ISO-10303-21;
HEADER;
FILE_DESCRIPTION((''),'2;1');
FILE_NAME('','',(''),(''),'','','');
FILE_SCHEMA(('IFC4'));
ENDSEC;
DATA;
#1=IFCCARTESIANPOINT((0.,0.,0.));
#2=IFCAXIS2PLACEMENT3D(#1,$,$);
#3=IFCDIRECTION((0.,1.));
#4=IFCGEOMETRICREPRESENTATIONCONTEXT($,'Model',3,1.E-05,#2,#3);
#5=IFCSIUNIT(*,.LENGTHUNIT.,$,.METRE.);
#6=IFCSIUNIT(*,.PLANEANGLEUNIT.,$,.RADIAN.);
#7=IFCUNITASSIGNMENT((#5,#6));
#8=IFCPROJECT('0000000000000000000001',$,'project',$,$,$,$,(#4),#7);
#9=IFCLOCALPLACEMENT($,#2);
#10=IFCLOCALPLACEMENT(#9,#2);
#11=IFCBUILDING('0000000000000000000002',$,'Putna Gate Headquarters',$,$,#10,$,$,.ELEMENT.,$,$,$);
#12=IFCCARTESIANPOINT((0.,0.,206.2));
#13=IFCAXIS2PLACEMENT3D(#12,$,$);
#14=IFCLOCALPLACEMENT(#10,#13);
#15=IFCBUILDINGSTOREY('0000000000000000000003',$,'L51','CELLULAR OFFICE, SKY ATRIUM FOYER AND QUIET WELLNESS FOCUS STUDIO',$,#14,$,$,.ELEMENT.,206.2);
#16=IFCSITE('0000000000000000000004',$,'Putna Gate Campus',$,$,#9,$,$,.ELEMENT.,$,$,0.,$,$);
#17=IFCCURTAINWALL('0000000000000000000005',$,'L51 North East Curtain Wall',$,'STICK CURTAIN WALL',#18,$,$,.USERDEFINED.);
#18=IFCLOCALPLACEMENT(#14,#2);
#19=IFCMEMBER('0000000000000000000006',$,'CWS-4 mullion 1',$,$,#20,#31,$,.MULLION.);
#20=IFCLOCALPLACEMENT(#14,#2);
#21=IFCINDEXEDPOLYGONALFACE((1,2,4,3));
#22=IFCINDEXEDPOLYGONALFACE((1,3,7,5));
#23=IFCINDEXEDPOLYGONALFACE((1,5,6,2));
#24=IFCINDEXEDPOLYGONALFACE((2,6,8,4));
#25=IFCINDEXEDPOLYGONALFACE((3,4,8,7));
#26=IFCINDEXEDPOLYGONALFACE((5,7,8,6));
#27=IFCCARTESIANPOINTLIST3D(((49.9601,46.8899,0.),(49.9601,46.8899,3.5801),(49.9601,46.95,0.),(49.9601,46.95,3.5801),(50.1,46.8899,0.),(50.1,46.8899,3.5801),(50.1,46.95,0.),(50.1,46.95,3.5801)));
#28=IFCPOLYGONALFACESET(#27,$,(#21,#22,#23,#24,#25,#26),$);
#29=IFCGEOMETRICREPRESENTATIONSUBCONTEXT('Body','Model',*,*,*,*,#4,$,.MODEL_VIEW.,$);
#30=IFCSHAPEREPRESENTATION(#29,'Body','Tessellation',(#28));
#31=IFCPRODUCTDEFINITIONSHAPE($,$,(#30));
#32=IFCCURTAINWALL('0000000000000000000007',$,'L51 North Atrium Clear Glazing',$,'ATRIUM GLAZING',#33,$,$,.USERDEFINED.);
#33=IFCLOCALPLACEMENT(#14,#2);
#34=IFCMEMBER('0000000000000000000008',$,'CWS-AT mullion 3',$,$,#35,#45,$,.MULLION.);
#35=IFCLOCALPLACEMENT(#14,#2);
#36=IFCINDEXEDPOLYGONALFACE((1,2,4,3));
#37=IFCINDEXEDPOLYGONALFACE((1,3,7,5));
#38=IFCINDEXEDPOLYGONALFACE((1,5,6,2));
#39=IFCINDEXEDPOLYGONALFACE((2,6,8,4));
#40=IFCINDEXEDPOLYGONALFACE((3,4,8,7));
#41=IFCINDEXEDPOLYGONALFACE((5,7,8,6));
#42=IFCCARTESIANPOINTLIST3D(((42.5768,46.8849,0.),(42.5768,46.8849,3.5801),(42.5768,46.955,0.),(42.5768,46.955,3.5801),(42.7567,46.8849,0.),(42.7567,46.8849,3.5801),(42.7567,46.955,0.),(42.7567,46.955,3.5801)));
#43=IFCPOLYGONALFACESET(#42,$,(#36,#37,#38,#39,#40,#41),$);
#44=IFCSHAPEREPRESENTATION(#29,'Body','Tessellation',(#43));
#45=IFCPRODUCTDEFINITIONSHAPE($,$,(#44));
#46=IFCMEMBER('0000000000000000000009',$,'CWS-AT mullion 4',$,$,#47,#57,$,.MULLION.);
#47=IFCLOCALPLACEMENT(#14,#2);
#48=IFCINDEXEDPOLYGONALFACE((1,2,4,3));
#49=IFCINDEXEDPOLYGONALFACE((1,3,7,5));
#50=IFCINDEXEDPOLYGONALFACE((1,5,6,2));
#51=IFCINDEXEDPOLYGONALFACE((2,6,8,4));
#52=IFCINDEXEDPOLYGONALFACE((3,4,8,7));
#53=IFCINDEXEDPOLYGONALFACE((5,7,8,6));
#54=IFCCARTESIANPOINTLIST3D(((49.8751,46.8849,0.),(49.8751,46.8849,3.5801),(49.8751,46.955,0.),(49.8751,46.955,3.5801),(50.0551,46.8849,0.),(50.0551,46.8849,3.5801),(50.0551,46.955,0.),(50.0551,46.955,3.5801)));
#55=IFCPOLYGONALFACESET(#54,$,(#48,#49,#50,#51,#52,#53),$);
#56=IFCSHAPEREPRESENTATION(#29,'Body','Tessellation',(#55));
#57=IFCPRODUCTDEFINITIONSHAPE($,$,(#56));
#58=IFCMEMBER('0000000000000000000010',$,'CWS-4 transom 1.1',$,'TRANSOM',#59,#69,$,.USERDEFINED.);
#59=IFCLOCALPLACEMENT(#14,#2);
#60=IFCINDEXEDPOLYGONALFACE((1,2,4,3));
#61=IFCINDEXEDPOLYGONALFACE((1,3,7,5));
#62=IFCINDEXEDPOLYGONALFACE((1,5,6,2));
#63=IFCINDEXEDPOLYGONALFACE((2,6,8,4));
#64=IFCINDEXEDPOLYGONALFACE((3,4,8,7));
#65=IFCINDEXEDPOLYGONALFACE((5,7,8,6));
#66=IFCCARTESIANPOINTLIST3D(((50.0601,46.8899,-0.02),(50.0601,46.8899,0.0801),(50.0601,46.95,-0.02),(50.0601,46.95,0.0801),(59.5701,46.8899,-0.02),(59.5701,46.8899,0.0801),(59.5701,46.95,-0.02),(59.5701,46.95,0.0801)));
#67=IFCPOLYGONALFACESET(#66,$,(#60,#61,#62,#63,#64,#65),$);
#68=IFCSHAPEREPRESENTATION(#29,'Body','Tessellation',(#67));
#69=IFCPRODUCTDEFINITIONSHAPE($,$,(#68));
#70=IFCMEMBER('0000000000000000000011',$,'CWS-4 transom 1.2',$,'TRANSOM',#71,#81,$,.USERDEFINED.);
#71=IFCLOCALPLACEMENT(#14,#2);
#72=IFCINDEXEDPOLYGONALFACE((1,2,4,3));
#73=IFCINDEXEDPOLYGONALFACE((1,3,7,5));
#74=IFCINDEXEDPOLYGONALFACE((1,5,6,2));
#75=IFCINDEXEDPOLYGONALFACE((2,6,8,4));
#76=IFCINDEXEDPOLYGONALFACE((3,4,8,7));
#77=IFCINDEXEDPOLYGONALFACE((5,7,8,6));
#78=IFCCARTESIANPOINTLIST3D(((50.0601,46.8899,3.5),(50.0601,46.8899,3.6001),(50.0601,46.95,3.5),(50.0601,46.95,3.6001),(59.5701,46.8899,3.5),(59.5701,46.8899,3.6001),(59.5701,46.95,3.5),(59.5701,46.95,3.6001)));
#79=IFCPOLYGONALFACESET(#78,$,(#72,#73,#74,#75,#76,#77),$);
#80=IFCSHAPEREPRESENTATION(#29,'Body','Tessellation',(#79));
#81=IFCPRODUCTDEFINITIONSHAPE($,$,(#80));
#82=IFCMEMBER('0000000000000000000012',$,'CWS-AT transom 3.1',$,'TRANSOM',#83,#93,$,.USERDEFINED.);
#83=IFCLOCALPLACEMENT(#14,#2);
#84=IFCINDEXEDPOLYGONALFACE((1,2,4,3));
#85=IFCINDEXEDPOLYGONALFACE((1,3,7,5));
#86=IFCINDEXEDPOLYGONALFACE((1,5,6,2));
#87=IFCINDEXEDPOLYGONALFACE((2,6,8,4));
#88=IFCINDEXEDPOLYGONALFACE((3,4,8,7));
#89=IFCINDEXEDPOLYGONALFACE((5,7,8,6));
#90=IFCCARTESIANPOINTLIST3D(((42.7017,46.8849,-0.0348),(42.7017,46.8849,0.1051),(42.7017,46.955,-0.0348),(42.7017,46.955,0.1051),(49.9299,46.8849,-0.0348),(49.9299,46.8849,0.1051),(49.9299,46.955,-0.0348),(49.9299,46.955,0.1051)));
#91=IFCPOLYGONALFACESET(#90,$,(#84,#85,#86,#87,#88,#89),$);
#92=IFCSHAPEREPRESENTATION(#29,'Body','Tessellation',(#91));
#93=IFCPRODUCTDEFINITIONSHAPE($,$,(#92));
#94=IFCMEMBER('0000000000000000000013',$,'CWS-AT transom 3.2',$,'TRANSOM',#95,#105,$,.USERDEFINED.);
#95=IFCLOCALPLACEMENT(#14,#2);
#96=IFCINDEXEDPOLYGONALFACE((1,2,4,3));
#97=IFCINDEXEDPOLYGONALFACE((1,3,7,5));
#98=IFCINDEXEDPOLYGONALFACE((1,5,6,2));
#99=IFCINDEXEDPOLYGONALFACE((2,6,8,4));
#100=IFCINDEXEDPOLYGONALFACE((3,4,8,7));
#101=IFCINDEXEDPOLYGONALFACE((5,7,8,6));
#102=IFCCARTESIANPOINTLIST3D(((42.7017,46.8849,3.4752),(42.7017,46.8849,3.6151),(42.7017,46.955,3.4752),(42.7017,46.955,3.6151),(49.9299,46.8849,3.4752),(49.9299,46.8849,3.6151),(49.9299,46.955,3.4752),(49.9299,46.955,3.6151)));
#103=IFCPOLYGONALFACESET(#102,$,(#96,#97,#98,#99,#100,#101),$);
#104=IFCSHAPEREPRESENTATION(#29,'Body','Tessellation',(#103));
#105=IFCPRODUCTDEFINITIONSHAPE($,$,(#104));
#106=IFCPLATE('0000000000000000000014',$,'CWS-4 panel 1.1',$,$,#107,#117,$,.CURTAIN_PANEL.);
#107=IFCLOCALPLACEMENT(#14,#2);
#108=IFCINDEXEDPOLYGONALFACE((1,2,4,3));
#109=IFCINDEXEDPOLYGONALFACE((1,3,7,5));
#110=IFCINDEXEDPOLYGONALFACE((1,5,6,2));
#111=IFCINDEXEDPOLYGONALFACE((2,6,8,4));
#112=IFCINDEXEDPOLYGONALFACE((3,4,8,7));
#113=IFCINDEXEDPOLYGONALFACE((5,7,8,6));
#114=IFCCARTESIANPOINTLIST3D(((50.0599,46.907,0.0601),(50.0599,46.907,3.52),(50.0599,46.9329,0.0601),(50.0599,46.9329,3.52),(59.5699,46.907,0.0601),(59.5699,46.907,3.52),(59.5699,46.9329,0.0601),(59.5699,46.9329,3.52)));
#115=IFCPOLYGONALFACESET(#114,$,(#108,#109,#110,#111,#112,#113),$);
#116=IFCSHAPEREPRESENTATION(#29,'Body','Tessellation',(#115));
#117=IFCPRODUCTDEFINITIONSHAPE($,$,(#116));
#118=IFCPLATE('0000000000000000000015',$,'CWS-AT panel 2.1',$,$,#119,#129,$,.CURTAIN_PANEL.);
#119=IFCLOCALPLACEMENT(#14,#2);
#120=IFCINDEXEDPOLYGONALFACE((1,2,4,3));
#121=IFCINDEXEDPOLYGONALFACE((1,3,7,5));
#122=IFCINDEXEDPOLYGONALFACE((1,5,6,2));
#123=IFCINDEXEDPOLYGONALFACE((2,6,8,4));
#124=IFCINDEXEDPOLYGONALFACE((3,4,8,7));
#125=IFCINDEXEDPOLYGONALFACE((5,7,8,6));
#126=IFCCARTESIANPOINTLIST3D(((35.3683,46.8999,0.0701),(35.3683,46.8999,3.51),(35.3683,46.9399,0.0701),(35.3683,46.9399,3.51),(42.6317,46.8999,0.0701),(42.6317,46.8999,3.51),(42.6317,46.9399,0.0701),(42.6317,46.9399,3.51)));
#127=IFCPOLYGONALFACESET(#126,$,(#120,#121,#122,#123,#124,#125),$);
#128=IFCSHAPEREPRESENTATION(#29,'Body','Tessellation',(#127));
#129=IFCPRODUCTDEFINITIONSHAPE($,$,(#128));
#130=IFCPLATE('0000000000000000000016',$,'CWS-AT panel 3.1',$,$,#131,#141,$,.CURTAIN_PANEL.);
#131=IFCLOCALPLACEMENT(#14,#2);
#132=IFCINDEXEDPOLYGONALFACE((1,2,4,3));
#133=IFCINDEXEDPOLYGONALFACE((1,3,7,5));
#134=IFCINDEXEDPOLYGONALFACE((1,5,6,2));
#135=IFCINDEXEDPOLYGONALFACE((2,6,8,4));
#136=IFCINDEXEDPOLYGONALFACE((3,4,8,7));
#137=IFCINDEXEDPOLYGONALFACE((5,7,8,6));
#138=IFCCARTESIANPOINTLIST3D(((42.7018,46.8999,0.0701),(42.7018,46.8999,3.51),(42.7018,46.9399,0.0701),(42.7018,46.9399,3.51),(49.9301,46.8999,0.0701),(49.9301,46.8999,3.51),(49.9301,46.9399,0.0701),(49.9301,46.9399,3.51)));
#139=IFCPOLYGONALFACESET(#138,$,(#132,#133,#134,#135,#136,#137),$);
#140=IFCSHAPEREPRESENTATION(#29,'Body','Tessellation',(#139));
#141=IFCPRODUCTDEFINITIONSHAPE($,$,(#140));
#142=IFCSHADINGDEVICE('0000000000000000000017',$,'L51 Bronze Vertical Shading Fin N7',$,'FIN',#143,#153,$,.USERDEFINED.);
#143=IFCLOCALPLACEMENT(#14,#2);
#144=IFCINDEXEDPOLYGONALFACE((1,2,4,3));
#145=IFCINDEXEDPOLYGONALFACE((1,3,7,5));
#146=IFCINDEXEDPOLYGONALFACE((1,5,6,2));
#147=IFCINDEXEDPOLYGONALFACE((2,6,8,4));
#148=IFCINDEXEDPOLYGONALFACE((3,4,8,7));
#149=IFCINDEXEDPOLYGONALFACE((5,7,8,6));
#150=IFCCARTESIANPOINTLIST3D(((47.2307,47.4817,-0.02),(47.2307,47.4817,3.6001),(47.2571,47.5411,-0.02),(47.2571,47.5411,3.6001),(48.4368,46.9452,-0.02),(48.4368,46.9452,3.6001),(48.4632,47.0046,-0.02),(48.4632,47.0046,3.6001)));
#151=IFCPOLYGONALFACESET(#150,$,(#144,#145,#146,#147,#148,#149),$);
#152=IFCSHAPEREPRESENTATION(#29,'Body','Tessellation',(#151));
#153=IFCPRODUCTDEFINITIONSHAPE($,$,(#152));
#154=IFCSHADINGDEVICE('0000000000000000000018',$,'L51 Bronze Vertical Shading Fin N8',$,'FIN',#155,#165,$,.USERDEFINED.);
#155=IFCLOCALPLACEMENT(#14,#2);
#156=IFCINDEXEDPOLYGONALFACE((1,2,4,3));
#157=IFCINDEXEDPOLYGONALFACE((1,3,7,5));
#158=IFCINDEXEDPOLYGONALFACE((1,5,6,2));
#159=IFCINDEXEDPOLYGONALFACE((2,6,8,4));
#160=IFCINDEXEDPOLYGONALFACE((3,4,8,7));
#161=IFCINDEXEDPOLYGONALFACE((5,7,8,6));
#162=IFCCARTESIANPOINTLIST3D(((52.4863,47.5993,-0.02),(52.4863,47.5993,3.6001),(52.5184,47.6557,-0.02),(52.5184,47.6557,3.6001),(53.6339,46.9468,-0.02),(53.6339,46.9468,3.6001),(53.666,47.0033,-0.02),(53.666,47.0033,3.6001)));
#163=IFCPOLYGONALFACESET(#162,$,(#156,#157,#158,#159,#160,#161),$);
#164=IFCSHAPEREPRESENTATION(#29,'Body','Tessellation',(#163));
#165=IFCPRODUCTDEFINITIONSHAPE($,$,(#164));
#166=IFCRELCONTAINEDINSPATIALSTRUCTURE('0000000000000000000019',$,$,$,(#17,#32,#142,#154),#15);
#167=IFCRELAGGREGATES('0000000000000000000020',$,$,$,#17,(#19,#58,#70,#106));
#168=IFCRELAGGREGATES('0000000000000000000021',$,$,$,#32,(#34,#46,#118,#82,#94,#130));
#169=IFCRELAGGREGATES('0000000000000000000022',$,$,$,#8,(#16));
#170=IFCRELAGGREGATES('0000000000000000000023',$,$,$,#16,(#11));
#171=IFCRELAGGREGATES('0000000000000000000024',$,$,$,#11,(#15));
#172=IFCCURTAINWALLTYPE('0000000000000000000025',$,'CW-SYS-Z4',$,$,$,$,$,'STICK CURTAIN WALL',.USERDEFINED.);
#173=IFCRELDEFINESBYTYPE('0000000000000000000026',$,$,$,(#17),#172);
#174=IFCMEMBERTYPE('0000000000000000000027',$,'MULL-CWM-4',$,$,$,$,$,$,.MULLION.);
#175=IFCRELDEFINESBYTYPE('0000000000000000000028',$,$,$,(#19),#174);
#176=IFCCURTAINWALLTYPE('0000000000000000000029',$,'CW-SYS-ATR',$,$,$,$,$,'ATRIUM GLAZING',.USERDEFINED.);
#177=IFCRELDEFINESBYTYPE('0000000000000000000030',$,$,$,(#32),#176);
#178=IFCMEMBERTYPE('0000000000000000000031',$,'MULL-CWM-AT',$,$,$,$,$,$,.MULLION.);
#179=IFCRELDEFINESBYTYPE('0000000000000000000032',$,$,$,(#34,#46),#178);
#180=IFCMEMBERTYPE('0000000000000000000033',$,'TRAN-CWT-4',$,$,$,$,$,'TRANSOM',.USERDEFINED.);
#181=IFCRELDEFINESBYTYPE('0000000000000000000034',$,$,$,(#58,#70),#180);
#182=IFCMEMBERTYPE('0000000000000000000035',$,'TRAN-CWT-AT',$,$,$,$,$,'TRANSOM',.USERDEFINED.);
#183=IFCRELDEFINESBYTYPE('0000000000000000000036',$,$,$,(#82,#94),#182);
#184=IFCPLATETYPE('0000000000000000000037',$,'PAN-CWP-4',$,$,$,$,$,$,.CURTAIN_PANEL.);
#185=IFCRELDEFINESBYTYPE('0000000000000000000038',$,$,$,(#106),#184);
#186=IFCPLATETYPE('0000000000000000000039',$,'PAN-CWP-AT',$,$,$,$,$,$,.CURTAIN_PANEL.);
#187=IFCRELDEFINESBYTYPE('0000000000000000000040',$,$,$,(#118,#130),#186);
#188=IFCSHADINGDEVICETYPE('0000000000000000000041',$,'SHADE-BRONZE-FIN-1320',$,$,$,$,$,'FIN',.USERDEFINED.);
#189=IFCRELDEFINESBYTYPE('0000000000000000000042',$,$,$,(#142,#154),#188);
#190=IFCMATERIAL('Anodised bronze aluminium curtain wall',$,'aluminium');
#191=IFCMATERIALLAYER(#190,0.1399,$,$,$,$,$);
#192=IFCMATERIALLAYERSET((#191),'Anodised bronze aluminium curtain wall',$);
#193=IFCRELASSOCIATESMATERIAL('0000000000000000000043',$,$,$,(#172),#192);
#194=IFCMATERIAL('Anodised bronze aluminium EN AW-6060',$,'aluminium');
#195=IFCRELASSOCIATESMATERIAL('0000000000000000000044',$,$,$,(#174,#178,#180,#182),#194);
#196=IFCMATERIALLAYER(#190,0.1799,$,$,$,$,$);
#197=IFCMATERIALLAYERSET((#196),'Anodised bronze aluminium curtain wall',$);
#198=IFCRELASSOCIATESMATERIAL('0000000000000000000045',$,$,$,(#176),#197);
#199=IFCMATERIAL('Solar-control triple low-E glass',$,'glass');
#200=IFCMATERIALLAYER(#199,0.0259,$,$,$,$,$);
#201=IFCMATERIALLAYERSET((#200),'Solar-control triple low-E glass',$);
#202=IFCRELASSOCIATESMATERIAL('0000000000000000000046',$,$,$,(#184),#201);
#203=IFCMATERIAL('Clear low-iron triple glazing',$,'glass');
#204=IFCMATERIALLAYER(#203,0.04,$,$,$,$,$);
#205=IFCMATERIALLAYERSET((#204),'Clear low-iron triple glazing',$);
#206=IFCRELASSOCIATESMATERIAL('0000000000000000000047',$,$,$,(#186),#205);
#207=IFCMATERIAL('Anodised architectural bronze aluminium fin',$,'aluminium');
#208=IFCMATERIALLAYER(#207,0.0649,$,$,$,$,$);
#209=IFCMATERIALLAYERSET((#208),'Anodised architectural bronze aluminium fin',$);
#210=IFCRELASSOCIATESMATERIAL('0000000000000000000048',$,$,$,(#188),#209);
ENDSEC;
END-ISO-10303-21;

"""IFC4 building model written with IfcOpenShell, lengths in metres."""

from ifc_helpers import new_model, si_unit, direction, frame, origin, origin_2d, place, context, subcontext, project, spatial, rectangle, extrude, material, layer, layer_set, material_profile, profile_set, type_object, element, aggregate, save


model = new_model("IFC4")

# Units and contexts
model_context = context("Model", 3, precision=1e-05, world=origin(), true_north=direction((0.0, 1.0)))
body_context = subcontext(model_context, "Body", "Model", "MODEL_VIEW")
ifc_project = project(units=[si_unit("LENGTHUNIT", "METRE"), si_unit("PLANEANGLEUNIT", "RADIAN")], contexts=[model_context])

# Site, building, storey
site_placement = place(None, origin())
site = spatial("IfcSite", under=ifc_project, at=site_placement, Name="Putna Gate Campus", CompositionType="ELEMENT", RefElevation=0.0)
building_placement = place(site_placement, origin())
building = spatial("IfcBuilding", under=site, at=building_placement, Name="Putna Gate Headquarters", CompositionType="ELEMENT")
storey_placement = place(building_placement, frame((0.0, 0.0, 206.2)))
storey = spatial("IfcBuildingStorey", under=building, at=storey_placement, Name="L51", Description="CELLULAR OFFICE, SKY ATRIUM FOYER AND QUIET WELLNESS FOCUS STUDIO", CompositionType="ELEMENT", Elevation=206.2)

# Curtain wall, member
ifc_material_1 = material(Name="Anodised bronze aluminium curtain wall", Category="aluminium")
ifc_layer_1 = layer(ifc_material_1, 0.1399)
ifc_layer_set_1 = layer_set([ifc_layer_1], Name="Anodised bronze aluminium curtain wall")
curtain_wall_type_1 = type_object("IfcCurtainWallType", Name="CW-SYS-Z4", ElementType="STICK CURTAIN WALL", PredefinedType="USERDEFINED", material=ifc_layer_set_1)
curtain_wall_1_placement = place(storey_placement, origin())
curtain_wall_1 = element("IfcCurtainWall", 1, at=curtain_wall_1_placement, inside=storey, type_object=curtain_wall_type_1, Name="L51 North East Curtain Wall", ObjectType="STICK CURTAIN WALL", PredefinedType="USERDEFINED")
ifc_material_2 = material(Name="Anodised bronze aluminium EN AW-6060", Category="aluminium")
ifc_material_profile_1 = material_profile(ifc_material_2, rectangle(XDim=0.0601, YDim=0.1399, at=origin_2d()), Name="Anodised bronze aluminium EN AW-6060")
ifc_profile_set_1 = profile_set([ifc_material_profile_1], Name="Anodised bronze aluminium EN AW-6060")
member_type_1 = type_object("IfcMemberType", Name="MULL-CWM-4", PredefinedType="MULLION", material=ifc_profile_set_1)
member_1_placement = place(storey_placement, frame((50.03, 46.9199, 0.0), z_axis=(0.0, 0.0, 1.0), x_axis=(0.0, 1.0, 0.0)))
member_1 = element("IfcMember", 2, at=member_1_placement, type_object=member_type_1, Name="CWS-4 mullion 1", PredefinedType="MULLION", context=body_context, shape_type="SweptSolid", body=[
    extrude(rectangle(XDim=0.0601, YDim=0.1399, at=origin_2d()), origin(), (0.0, 0.0, 1.0), 3.5801),
])

# Curtain wall, members
ifc_layer_2 = layer(ifc_material_1, 0.1799)
ifc_layer_set_2 = layer_set([ifc_layer_2], Name="Anodised bronze aluminium curtain wall")
curtain_wall_type_2 = type_object("IfcCurtainWallType", Name="CW-SYS-ATR", ElementType="ATRIUM GLAZING", PredefinedType="USERDEFINED", material=ifc_layer_set_2)
curtain_wall_2_placement = place(storey_placement, origin())
curtain_wall_2 = element("IfcCurtainWall", 3, at=curtain_wall_2_placement, inside=storey, type_object=curtain_wall_type_2, Name="L51 North Atrium Clear Glazing", ObjectType="ATRIUM GLAZING", PredefinedType="USERDEFINED")
ifc_material_profile_2 = material_profile(ifc_material_2, rectangle(XDim=0.0701, YDim=0.1799, at=origin_2d()), Name="Anodised bronze aluminium EN AW-6060")
ifc_profile_set_2 = profile_set([ifc_material_profile_2], Name="Anodised bronze aluminium EN AW-6060")
member_type_2 = type_object("IfcMemberType", Name="MULL-CWM-AT", PredefinedType="MULLION", material=ifc_profile_set_2)
member_2_placement = place(storey_placement, frame((42.6667, 46.9199, 0.0), z_axis=(0.0, 0.0, 1.0), x_axis=(0.0, 1.0, 0.0)))
member_2 = element("IfcMember", 4, at=member_2_placement, type_object=member_type_2, Name="CWS-AT mullion 3", PredefinedType="MULLION", context=body_context, shape_type="SweptSolid", body=[
    extrude(rectangle(XDim=0.0701, YDim=0.1799, at=origin_2d()), origin(), (0.0, 0.0, 1.0), 3.5801),
])
member_3_placement = place(storey_placement, frame((49.9651, 46.9199, 0.0), z_axis=(0.0, 0.0, 1.0), x_axis=(0.0, 1.0, 0.0)))
member_3 = element("IfcMember", 5, at=member_3_placement, type_object=member_type_2, Name="CWS-AT mullion 4", PredefinedType="MULLION", context=body_context, shape_type="SweptSolid", body=[
    extrude(rectangle(XDim=0.0701, YDim=0.1799, at=origin_2d()), origin(), (0.0, 0.0, 1.0), 3.5801),
])

# Members
ifc_material_profile_3 = material_profile(ifc_material_2, rectangle(XDim=0.0601, YDim=0.1001, at=origin_2d()), Name="Anodised bronze aluminium EN AW-6060")
ifc_profile_set_3 = profile_set([ifc_material_profile_3], Name="Anodised bronze aluminium EN AW-6060")
member_type_3 = type_object("IfcMemberType", Name="TRAN-CWT-4", ElementType="TRANSOM", PredefinedType="USERDEFINED", material=ifc_profile_set_3)
member_4_placement = place(storey_placement, frame((50.0601, 46.9199, 0.03), z_axis=(1.0, 0.0, 0.0), x_axis=(0.0, 1.0, 0.0)))
member_4 = element("IfcMember", 6, at=member_4_placement, type_object=member_type_3, Name="CWS-4 transom 1.1", ObjectType="TRANSOM", PredefinedType="USERDEFINED", context=body_context, shape_type="SweptSolid", body=[
    extrude(rectangle(XDim=0.0601, YDim=0.1001, at=origin_2d()), origin(), (0.0, 0.0, 1.0), 9.51),
])
member_5_placement = place(storey_placement, frame((50.0601, 46.9199, 3.55), z_axis=(1.0, 0.0, 0.0), x_axis=(0.0, 1.0, 0.0)))
member_5 = element("IfcMember", 7, at=member_5_placement, type_object=member_type_3, Name="CWS-4 transom 1.2", ObjectType="TRANSOM", PredefinedType="USERDEFINED", context=body_context, shape_type="SweptSolid", body=[
    extrude(rectangle(XDim=0.0601, YDim=0.1001, at=origin_2d()), origin(), (0.0, 0.0, 1.0), 9.51),
])
ifc_material_profile_4 = material_profile(ifc_material_2, rectangle(XDim=0.0701, YDim=0.1399, at=origin_2d()), Name="Anodised bronze aluminium EN AW-6060")
ifc_profile_set_4 = profile_set([ifc_material_profile_4], Name="Anodised bronze aluminium EN AW-6060")
member_type_4 = type_object("IfcMemberType", Name="TRAN-CWT-AT", ElementType="TRANSOM", PredefinedType="USERDEFINED", material=ifc_profile_set_4)
member_6_placement = place(storey_placement, frame((42.7017, 46.9199, 0.0352), z_axis=(1.0, 0.0, 0.0), x_axis=(0.0, 1.0, 0.0)))
member_6 = element("IfcMember", 8, at=member_6_placement, type_object=member_type_4, Name="CWS-AT transom 3.1", ObjectType="TRANSOM", PredefinedType="USERDEFINED", context=body_context, shape_type="SweptSolid", body=[
    extrude(rectangle(XDim=0.0701, YDim=0.1399, at=origin_2d()), origin(), (0.0, 0.0, 1.0), 7.2283),
])
member_7_placement = place(storey_placement, frame((42.7017, 46.9199, 3.5452), z_axis=(1.0, 0.0, 0.0), x_axis=(0.0, 1.0, 0.0)))
member_7 = element("IfcMember", 9, at=member_7_placement, type_object=member_type_4, Name="CWS-AT transom 3.2", ObjectType="TRANSOM", PredefinedType="USERDEFINED", context=body_context, shape_type="SweptSolid", body=[
    extrude(rectangle(XDim=0.0701, YDim=0.1399, at=origin_2d()), origin(), (0.0, 0.0, 1.0), 7.2283),
])

# Plates
ifc_material_3 = material(Name="Solar-control triple low-E glass", Category="glass")
ifc_layer_3 = layer(ifc_material_3, 0.0259)
ifc_layer_set_3 = layer_set([ifc_layer_3], Name="Solar-control triple low-E glass")
plate_type_1 = type_object("IfcPlateType", Name="PAN-CWP-4", PredefinedType="CURTAIN_PANEL", material=ifc_layer_set_3)
plate_1_placement = place(storey_placement, frame((54.8149, 46.9199, 0.0601), z_axis=(0.0, 0.0, 1.0), x_axis=(1.0, 0.0, 0.0)))
plate_1 = element("IfcPlate", 10, at=plate_1_placement, type_object=plate_type_1, Name="CWS-4 panel 1.1", PredefinedType="CURTAIN_PANEL", context=body_context, shape_type="SweptSolid", body=[
    extrude(rectangle(XDim=9.51, YDim=0.0259, at=origin_2d()), origin(), (0.0, 0.0, 1.0), 3.46),
])
aggregate(curtain_wall_1, [member_1, member_4, member_5, plate_1])
ifc_material_4 = material(Name="Clear low-iron triple glazing", Category="glass")
ifc_layer_4 = layer(ifc_material_4, 0.04)
ifc_layer_set_4 = layer_set([ifc_layer_4], Name="Clear low-iron triple glazing")
plate_type_2 = type_object("IfcPlateType", Name="PAN-CWP-AT", PredefinedType="CURTAIN_PANEL", material=ifc_layer_set_4)
plate_2_placement = place(storey_placement, frame((39.0, 46.9199, 0.0701), z_axis=(0.0, 0.0, 1.0), x_axis=(1.0, 0.0, 0.0)))
plate_2 = element("IfcPlate", 11, at=plate_2_placement, type_object=plate_type_2, Name="CWS-AT panel 2.1", PredefinedType="CURTAIN_PANEL", context=body_context, shape_type="SweptSolid", body=[
    extrude(rectangle(XDim=7.2634, YDim=0.04, at=origin_2d()), origin(), (0.0, 0.0, 1.0), 3.4399),
])
plate_3_placement = place(storey_placement, frame((46.3159, 46.9199, 0.0701), z_axis=(0.0, 0.0, 1.0), x_axis=(1.0, 0.0, 0.0)))
plate_3 = element("IfcPlate", 12, at=plate_3_placement, type_object=plate_type_2, Name="CWS-AT panel 3.1", PredefinedType="CURTAIN_PANEL", context=body_context, shape_type="SweptSolid", body=[
    extrude(rectangle(XDim=7.2283, YDim=0.04, at=origin_2d()), origin(), (0.0, 0.0, 1.0), 3.4399),
])
aggregate(curtain_wall_2, [member_2, member_3, plate_2, member_6, member_7, plate_3])

# Shading devices
ifc_material_5 = material(Name="Anodised architectural bronze aluminium fin", Category="aluminium")
ifc_layer_5 = layer(ifc_material_5, 0.0649)
ifc_layer_set_5 = layer_set([ifc_layer_5], Name="Anodised architectural bronze aluminium fin")
shading_device_type = type_object("IfcShadingDeviceType", Name="SHADE-BRONZE-FIN-1320", ElementType="FIN", PredefinedType="USERDEFINED", material=ifc_layer_set_5)
for number, where, z_axis, x_axis, name in (
    (13, (47.8469, 47.2432, -0.02), (0.0, 0.0, 1.0), (-0.913687, 0.406418, 0.0), "L51 Bronze Vertical Shading Fin N7"),
    (14, (53.0762, 47.3013, -0.02), (0.0, 0.0, 1.0), (-0.869322, 0.494245, 0.0), "L51 Bronze Vertical Shading Fin N8"),
):
    element("IfcShadingDevice", number, at=place(storey_placement, frame(where, z_axis=z_axis, x_axis=x_axis)), inside=storey, type_object=shading_device_type, Name=name, ObjectType="FIN", PredefinedType="USERDEFINED", context=body_context, shape_type="SweptSolid", body=[
        extrude(rectangle(XDim=1.3201, YDim=0.0649, at=origin_2d()), origin(), (0.0, 0.0, 1.0), 3.6201),
    ])

save(model, "model.ifc")
